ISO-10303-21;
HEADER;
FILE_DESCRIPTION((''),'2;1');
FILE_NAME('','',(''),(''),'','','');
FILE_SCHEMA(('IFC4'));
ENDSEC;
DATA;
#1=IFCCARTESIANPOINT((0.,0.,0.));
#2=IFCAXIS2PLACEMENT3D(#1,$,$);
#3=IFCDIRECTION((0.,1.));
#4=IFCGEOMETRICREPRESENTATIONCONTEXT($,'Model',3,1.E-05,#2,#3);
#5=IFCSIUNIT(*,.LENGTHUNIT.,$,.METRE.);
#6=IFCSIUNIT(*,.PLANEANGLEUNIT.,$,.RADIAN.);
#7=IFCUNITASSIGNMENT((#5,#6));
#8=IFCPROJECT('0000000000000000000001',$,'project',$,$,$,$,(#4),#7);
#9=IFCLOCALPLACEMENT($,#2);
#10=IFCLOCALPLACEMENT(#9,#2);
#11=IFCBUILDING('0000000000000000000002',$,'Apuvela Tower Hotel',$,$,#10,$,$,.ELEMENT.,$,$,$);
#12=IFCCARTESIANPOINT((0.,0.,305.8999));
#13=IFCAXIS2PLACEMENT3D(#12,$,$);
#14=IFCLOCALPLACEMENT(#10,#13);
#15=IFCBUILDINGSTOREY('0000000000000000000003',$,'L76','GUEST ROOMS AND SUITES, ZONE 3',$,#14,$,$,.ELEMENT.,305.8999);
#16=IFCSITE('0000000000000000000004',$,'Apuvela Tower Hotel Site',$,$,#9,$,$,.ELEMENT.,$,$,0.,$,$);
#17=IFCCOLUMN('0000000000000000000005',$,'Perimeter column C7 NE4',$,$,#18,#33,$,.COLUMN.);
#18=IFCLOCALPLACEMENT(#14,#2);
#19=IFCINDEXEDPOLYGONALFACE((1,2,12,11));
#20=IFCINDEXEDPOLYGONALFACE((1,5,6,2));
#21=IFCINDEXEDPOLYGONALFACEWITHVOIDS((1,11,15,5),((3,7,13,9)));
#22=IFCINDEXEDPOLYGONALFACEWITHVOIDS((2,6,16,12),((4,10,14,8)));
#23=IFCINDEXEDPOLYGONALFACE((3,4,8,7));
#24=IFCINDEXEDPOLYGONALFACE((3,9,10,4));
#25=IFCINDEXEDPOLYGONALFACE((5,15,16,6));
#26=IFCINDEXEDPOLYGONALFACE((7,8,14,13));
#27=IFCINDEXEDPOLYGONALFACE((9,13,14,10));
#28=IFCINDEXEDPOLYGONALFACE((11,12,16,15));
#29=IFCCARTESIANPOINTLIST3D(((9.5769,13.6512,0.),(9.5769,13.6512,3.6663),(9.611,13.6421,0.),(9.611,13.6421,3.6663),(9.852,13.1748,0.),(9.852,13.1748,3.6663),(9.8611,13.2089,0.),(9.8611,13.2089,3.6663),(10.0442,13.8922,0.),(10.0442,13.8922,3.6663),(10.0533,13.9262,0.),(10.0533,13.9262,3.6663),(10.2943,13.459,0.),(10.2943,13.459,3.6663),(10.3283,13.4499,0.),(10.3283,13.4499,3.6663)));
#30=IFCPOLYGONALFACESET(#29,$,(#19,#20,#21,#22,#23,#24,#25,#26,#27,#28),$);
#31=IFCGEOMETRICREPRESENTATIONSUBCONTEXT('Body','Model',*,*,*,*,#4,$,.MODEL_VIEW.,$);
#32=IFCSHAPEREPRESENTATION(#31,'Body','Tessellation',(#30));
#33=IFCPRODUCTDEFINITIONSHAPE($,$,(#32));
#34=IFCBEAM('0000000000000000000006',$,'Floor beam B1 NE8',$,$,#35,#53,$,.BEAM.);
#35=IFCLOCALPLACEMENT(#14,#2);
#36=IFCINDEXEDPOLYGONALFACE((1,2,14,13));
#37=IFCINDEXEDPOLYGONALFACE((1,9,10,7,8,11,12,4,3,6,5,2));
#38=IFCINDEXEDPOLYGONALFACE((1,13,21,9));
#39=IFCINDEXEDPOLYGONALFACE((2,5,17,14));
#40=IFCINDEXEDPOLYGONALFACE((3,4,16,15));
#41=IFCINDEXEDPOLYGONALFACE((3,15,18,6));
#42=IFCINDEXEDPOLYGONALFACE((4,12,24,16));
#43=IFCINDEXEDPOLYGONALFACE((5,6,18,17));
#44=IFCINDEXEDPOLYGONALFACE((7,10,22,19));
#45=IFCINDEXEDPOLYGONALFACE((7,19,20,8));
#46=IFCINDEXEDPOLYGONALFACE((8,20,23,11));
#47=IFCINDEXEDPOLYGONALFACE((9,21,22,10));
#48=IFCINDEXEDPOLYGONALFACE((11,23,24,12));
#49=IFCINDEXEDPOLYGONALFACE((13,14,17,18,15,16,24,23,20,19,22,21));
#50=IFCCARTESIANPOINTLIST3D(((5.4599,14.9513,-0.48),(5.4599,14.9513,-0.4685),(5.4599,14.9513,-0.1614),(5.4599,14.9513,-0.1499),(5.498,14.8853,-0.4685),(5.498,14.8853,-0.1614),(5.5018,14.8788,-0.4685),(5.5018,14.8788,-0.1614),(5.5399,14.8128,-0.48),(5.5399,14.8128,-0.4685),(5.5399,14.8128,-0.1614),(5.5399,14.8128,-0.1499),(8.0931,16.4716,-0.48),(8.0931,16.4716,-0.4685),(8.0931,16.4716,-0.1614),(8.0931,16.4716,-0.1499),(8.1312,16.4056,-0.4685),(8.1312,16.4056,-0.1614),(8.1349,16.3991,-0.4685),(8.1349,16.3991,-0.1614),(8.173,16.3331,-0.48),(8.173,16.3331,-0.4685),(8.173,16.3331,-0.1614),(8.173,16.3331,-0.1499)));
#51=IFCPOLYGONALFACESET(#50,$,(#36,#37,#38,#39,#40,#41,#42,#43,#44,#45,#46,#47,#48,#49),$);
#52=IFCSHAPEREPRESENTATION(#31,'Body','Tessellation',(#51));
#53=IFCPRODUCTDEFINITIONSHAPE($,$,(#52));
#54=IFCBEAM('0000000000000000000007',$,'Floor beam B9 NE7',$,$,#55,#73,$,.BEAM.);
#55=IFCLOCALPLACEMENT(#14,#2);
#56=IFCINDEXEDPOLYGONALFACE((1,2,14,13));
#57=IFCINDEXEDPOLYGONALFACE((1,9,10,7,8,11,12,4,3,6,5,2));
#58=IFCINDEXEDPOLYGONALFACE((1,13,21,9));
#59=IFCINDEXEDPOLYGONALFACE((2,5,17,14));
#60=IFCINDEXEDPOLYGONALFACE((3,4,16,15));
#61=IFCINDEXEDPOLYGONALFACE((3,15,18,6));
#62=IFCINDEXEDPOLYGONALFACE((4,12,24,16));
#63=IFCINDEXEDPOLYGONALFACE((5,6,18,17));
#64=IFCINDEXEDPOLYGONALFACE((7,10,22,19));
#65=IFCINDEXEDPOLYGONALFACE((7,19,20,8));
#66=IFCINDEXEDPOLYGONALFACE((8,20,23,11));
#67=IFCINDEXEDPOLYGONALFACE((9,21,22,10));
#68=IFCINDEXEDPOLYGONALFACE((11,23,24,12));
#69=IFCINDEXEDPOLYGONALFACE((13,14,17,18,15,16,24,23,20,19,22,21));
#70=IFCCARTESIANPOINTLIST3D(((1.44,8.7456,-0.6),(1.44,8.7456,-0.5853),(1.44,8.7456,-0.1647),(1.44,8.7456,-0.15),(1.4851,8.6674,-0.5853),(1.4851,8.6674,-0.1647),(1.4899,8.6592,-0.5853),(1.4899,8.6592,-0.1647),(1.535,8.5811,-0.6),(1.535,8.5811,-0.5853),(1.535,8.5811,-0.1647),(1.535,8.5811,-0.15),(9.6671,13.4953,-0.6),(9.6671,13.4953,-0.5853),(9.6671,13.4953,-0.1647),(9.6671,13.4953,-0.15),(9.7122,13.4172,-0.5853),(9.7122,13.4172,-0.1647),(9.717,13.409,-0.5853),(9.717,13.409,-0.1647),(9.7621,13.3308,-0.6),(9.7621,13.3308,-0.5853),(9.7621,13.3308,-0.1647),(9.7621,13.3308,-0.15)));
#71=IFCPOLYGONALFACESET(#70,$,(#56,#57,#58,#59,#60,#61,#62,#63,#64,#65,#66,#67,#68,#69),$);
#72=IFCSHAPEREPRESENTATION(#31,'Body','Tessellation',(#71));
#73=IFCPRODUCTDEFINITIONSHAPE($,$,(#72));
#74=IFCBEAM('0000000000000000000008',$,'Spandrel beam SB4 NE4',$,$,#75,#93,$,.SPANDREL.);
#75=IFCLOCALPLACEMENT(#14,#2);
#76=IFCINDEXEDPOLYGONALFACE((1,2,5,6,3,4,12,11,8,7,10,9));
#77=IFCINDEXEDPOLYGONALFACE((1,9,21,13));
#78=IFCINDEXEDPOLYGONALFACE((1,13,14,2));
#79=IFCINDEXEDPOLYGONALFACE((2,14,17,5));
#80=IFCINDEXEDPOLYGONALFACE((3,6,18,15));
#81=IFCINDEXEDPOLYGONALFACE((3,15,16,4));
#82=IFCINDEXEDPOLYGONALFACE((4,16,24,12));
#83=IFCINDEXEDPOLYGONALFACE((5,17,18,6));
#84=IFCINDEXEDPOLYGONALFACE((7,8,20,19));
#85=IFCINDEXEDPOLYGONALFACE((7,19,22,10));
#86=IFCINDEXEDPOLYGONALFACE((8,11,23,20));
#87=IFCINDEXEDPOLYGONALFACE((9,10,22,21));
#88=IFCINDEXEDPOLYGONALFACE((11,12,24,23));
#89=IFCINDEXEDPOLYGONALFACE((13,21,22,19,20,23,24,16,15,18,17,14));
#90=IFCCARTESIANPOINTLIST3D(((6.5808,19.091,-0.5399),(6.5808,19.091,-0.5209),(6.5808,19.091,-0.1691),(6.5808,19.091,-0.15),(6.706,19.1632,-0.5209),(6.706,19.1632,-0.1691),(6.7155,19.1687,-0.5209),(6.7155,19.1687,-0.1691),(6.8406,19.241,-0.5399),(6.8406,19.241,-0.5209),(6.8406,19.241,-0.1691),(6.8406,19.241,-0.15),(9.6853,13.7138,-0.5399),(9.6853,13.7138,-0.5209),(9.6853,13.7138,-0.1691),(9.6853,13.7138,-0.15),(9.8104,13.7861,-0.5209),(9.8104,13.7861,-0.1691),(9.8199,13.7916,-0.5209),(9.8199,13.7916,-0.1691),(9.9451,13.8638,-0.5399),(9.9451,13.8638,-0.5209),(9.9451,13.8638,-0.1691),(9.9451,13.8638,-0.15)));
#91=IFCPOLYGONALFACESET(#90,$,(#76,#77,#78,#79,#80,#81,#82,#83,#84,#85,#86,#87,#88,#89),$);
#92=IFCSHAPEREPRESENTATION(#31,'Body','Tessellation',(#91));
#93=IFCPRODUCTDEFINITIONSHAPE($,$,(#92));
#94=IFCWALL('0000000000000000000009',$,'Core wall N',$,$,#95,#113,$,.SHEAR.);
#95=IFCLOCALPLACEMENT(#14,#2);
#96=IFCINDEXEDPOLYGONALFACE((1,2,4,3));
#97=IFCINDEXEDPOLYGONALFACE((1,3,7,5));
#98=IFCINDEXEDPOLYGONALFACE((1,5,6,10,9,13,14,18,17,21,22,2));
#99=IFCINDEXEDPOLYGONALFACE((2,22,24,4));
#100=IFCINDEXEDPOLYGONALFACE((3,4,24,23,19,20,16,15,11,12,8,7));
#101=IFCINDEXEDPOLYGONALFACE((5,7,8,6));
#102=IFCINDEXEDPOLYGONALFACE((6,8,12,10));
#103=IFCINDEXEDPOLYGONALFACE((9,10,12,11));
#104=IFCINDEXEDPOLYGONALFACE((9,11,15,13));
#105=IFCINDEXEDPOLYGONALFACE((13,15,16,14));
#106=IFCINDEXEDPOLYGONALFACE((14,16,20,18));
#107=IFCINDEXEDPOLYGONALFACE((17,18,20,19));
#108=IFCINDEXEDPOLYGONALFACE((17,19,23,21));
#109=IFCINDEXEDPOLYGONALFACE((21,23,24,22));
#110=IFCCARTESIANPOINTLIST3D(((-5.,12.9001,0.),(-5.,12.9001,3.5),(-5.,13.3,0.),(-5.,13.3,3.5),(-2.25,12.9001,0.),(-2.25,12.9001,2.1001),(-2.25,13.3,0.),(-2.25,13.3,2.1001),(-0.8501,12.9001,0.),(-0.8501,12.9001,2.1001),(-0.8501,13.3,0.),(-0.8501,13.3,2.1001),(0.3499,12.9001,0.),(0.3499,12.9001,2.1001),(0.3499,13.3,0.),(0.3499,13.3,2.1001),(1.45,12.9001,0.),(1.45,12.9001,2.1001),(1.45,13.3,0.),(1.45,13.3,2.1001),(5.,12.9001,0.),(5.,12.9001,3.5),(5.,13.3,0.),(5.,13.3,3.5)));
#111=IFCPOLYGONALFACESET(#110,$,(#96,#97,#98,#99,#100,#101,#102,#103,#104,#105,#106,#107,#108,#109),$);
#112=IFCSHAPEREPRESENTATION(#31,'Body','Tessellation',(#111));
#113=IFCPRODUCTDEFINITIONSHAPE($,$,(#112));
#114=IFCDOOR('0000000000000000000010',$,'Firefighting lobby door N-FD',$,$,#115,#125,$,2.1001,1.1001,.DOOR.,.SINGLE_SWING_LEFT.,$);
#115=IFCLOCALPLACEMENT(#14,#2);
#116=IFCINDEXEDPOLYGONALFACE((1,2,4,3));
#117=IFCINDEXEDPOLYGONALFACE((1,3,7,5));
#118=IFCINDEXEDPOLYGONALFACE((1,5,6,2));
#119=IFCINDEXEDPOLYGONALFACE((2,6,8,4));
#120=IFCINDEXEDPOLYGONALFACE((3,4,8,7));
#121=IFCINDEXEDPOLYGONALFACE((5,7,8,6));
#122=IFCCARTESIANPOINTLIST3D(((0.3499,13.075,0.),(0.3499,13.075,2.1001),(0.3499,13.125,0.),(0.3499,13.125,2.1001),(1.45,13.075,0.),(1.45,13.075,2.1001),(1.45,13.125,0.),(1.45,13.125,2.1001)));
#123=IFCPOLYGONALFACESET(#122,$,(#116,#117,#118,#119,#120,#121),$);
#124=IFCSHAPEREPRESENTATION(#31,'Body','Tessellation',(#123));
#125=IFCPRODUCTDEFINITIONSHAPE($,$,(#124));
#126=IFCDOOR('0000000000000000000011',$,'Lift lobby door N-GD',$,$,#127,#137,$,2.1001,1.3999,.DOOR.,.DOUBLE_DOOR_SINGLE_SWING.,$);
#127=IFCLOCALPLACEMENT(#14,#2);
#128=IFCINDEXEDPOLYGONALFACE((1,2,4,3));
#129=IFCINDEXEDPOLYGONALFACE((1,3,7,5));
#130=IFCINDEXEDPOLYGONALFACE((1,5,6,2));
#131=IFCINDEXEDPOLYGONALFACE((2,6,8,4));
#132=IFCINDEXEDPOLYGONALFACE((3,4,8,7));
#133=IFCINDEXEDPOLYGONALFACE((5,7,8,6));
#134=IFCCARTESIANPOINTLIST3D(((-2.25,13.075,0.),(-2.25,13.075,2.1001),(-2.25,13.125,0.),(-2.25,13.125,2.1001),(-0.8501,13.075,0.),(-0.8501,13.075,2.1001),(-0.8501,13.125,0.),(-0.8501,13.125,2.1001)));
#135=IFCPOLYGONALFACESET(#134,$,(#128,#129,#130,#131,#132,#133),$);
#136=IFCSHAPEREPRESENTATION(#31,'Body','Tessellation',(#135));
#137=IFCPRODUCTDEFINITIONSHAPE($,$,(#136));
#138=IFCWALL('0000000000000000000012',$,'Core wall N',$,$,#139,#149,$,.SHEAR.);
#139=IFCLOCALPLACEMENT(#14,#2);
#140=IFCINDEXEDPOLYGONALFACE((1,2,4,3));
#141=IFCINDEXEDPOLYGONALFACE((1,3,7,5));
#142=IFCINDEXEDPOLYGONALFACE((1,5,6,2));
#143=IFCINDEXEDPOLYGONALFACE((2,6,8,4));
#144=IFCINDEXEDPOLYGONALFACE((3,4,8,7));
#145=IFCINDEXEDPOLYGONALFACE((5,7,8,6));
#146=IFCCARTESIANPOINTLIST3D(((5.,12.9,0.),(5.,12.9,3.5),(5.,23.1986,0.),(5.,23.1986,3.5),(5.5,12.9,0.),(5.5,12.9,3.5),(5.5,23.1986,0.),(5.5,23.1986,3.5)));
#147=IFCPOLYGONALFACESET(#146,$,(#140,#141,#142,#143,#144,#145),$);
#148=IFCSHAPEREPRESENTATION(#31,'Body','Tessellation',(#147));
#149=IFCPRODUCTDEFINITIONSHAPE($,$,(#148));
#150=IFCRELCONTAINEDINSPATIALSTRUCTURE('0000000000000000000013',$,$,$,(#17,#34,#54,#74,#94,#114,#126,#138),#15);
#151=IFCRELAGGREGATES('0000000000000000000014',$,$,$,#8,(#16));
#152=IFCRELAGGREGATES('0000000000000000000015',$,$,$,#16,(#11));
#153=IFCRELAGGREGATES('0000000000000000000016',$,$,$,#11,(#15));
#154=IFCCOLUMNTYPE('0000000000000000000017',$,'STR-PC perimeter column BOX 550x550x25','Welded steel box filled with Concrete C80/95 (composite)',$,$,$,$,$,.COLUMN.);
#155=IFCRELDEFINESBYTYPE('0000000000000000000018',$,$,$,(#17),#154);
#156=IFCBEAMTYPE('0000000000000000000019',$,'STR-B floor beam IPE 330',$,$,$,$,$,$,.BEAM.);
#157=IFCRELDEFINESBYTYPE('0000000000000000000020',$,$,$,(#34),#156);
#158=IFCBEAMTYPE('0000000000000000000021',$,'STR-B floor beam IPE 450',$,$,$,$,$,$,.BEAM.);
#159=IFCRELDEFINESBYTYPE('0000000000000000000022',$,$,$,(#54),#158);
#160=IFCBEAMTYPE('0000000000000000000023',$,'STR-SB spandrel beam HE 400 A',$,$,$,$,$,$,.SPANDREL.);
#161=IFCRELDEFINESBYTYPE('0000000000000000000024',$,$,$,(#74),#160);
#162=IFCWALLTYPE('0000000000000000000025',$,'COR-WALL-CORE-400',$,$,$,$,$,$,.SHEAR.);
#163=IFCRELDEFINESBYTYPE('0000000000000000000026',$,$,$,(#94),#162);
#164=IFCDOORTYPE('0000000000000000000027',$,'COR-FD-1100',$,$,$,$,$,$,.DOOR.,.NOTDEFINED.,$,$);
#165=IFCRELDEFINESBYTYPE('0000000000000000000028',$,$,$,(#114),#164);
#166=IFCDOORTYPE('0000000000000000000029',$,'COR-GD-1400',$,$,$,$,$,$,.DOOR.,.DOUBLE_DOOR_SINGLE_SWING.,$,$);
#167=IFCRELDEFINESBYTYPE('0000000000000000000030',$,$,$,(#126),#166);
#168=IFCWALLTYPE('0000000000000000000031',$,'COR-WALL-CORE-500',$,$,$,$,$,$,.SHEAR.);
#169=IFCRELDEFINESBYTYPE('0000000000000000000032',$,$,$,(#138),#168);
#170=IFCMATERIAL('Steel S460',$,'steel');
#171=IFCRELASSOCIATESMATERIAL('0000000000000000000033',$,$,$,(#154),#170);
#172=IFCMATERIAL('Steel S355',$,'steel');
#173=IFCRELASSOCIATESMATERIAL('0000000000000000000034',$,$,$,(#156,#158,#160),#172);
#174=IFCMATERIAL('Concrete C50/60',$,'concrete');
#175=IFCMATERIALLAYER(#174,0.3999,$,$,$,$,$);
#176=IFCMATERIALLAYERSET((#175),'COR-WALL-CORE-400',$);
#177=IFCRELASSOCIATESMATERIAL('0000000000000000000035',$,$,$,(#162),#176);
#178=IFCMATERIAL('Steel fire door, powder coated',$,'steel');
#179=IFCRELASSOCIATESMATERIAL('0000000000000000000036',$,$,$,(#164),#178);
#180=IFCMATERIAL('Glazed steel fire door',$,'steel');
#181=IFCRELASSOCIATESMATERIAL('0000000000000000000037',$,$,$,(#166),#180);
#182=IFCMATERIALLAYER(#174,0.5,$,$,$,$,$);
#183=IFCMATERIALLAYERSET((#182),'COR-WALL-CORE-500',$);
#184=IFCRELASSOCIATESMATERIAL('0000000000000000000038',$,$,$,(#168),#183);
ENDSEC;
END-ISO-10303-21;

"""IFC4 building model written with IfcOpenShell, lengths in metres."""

from ifc_helpers import new_model, si_unit, direction, frame, frame_2d, origin, origin_2d, place, context, subcontext, project, spatial, rectangle, hollow_rectangle, i_section, extrude, boolean, halfspace, material, layer, layer_set, material_profile, profile_set, type_object, element, fill, save


model = new_model("IFC4")

# Units and contexts
model_context = context("Model", 3, precision=1e-05, world=origin(), true_north=direction((0.0, 1.0)))
body_context = subcontext(model_context, "Body", "Model", "MODEL_VIEW")
ifc_project = project(units=[si_unit("LENGTHUNIT", "METRE"), si_unit("PLANEANGLEUNIT", "RADIAN")], contexts=[model_context])

# Site, building, storey
site_placement = place(None, origin())
site = spatial("IfcSite", under=ifc_project, at=site_placement, Name="Apuvela Tower Hotel Site", CompositionType="ELEMENT", RefElevation=0.0)
building_placement = place(site_placement, origin())
building = spatial("IfcBuilding", under=site, at=building_placement, Name="Apuvela Tower Hotel", CompositionType="ELEMENT")
storey_placement = place(building_placement, frame((0.0, 0.0, 305.8999)))
storey = spatial("IfcBuildingStorey", under=building, at=storey_placement, Name="L76", Description="GUEST ROOMS AND SUITES, ZONE 3", CompositionType="ELEMENT", Elevation=305.8999)

# Column
ifc_material_1 = material(Name="Steel S460", Category="steel")
ifc_material_profile_1 = material_profile(ifc_material_1, hollow_rectangle(XDim=0.55, YDim=0.55, WallThickness=0.0249, at=origin_2d()), Name="BOX 550x550x25")
ifc_material_2 = material(Name="Concrete C80/95", Category="concrete")
ifc_material_profile_2 = material_profile(ifc_material_2, rectangle(XDim=0.5, YDim=0.5, at=origin_2d()), Name="Concrete C80/95 infill")
ifc_profile_set_1 = profile_set([ifc_material_profile_1, ifc_material_profile_2], Name="Steel S460")
column_type = type_object("IfcColumnType", Name="STR-PC perimeter column BOX 550x550x25", Description="Welded steel box filled with Concrete C80/95 (composite)", PredefinedType="COLUMN", material=ifc_profile_set_1)
column_placement = place(storey_placement, frame((9.9526, 13.5505, 0.0), z_axis=(0.0, 0.0, 1.0), x_axis=(-0.5, 0.866025, 0.0)))
element("IfcColumn", 1, at=column_placement, inside=storey, type_object=column_type, Name="Perimeter column C7 NE4", PredefinedType="COLUMN", context=body_context, shape_type="SweptSolid", body=[
    boolean("DIFFERENCE", extrude(hollow_rectangle(XDim=0.55, YDim=0.55, WallThickness=0.0249, at=origin_2d()), origin(), (0.0, 0.0, 1.0), 3.7002), halfspace(frame((0.0, 0.0, 3.6663), z_axis=(0.0, 0.0, 1.0), x_axis=(1.0, 0.0, 0.0)), False)),
])

# Beams
ifc_material_3 = material(Name="Steel S355", Category="steel")
ifc_material_profile_3 = material_profile(ifc_material_3, i_section(OverallWidth=0.1599, OverallDepth=0.3301, WebThickness=0.0076, FlangeThickness=0.0115, at=origin_2d()), Name="IPE 330")
ifc_profile_set_2 = profile_set([ifc_material_profile_3], Name="Steel S355")
beam_type_1 = type_object("IfcBeamType", Name="STR-B floor beam IPE 330", PredefinedType="BEAM", material=ifc_profile_set_2)
beam_1_placement = place(storey_placement, frame((8.1331, 16.4023, -0.3149), z_axis=(-0.866016, -0.500017, 0.0), x_axis=(0.500017, -0.866016, 0.0)))
element("IfcBeam", 2, at=beam_1_placement, inside=storey, type_object=beam_type_1, Name="Floor beam B1 NE8", PredefinedType="BEAM", context=body_context, shape_type="SweptSolid", body=[
    extrude(i_section(OverallWidth=0.1599, OverallDepth=0.3301, WebThickness=0.0076, FlangeThickness=0.0115, at=origin_2d()), origin(), (0.0, 0.0, 1.0), 3.0405),
])
ifc_material_profile_4 = material_profile(ifc_material_3, i_section(OverallWidth=0.1899, OverallDepth=0.45, WebThickness=0.0095, FlangeThickness=0.0146, at=origin_2d()), Name="IPE 450")
ifc_profile_set_3 = profile_set([ifc_material_profile_4], Name="Steel S355")
beam_type_2 = type_object("IfcBeamType", Name="STR-B floor beam IPE 450", PredefinedType="BEAM", material=ifc_profile_set_3)
beam_2_placement = place(storey_placement, frame((9.7146, 13.4131, -0.375), z_axis=(-0.866032, -0.499989, 0.0), x_axis=(0.499989, -0.866032, 0.0)))
element("IfcBeam", 3, at=beam_2_placement, inside=storey, type_object=beam_type_2, Name="Floor beam B9 NE7", PredefinedType="BEAM", context=body_context, shape_type="SweptSolid", body=[
    extrude(i_section(OverallWidth=0.1899, OverallDepth=0.45, WebThickness=0.0095, FlangeThickness=0.0146, at=origin_2d()), origin(), (0.0, 0.0, 1.0), 9.4998),
])
ifc_material_profile_5 = material_profile(ifc_material_3, i_section(OverallWidth=0.3, OverallDepth=0.3899, WebThickness=0.011, FlangeThickness=0.019, at=origin_2d()), Name="HE 400 A")
ifc_profile_set_4 = profile_set([ifc_material_profile_5], Name="Steel S355")
beam_type_3 = type_object("IfcBeamType", Name="STR-SB spandrel beam HE 400 A", PredefinedType="SPANDREL", material=ifc_profile_set_4)
beam_3_placement = place(storey_placement, frame((9.8152, 13.7888, -0.345), z_axis=(-0.499996, 0.866028, 0.0), x_axis=(-0.866028, -0.499996, 0.0)))
element("IfcBeam", 4, at=beam_3_placement, inside=storey, type_object=beam_type_3, Name="Spandrel beam SB4 NE4", PredefinedType="SPANDREL", context=body_context, shape_type="SweptSolid", body=[
    extrude(i_section(OverallWidth=0.3, OverallDepth=0.3899, WebThickness=0.011, FlangeThickness=0.019, at=origin_2d()), origin(), (0.0, 0.0, 1.0), 6.209),
])

# Wall, openings, doors
ifc_material_4 = material(Name="Concrete C50/60", Category="concrete")
ifc_layer_1 = layer(ifc_material_4, 0.3999)
ifc_layer_set_1 = layer_set([ifc_layer_1], Name="COR-WALL-CORE-400")
wall_type_1 = type_object("IfcWallType", Name="COR-WALL-CORE-400", PredefinedType="SHEAR", material=ifc_layer_set_1)
wall_1_placement = place(storey_placement, frame((5.0, 13.1001, 0.0), z_axis=(0.0, 0.0, 1.0), x_axis=(-1.0, 0.0, 0.0)))
wall_1 = element("IfcWall", 5, at=wall_1_placement, inside=storey, type_object=wall_type_1, Name="Core wall N", PredefinedType="SHEAR", context=body_context, shape_type="SweptSolid", body=[
    extrude(rectangle(XDim=10.0, YDim=0.3999, at=frame_2d((5.0, 0.0))), origin(), (0.0, 0.0, 1.0), 3.5),
])
opening_1_placement = place(wall_1_placement, frame((3.55, 0.0, 0.0)))
opening_1 = element("IfcOpeningElement", 6, at=opening_1_placement, cuts=wall_1, PredefinedType="OPENING", context=body_context, shape_type="SweptSolid", body=[
    extrude(rectangle(XDim=1.1001, YDim=2.1001, at=frame_2d((0.55, 1.05))), frame((0.0, 0.21, 0.0), z_axis=(0.0, -1.0, 0.0), x_axis=(1.0, 0.0, 0.0)), (0.0, 0.0, 1.0), 0.4199),
])
opening_2_placement = place(wall_1_placement, frame((5.8501, 0.0, 0.0)))
opening_2 = element("IfcOpeningElement", 7, at=opening_2_placement, cuts=wall_1, PredefinedType="OPENING", context=body_context, shape_type="SweptSolid", body=[
    extrude(rectangle(XDim=1.3999, YDim=2.1001, at=frame_2d((0.7, 1.05))), frame((0.0, 0.21, 0.0), z_axis=(0.0, -1.0, 0.0), x_axis=(1.0, 0.0, 0.0)), (0.0, 0.0, 1.0), 0.4199),
])
ifc_material_5 = material(Name="Steel fire door, powder coated", Category="steel")
door_type_1 = type_object("IfcDoorType", Name="COR-FD-1100", OperationType="NOTDEFINED", PredefinedType="DOOR", material=ifc_material_5)
door_1_placement = place(opening_1_placement, frame((1.1001, 0.0, 0.0), z_axis=(0.0, 0.0, 1.0), x_axis=(-1.0, 0.0, 0.0)))
door_1 = element("IfcDoor", 8, at=door_1_placement, inside=storey, type_object=door_type_1, Name="Firefighting lobby door N-FD", OperationType="SINGLE_SWING_LEFT", OverallHeight=2.1001, OverallWidth=1.1001, PredefinedType="DOOR", context=body_context, shape_type="SweptSolid", body=[
    extrude(rectangle(XDim=1.1001, YDim=2.1001, at=frame_2d((0.55, 1.05))), frame((0.0, 0.0249, 0.0), z_axis=(0.0, -1.0, 0.0), x_axis=(1.0, 0.0, 0.0)), (0.0, 0.0, 1.0), 0.05),
])
fill(opening_1, door_1)
ifc_material_6 = material(Name="Glazed steel fire door", Category="steel")
door_type_2 = type_object("IfcDoorType", Name="COR-GD-1400", OperationType="DOUBLE_DOOR_SINGLE_SWING", PredefinedType="DOOR", material=ifc_material_6)
door_2_placement = place(opening_2_placement, frame((1.3999, 0.0, 0.0), z_axis=(0.0, 0.0, 1.0), x_axis=(-1.0, 0.0, 0.0)))
door_2 = element("IfcDoor", 9, at=door_2_placement, inside=storey, type_object=door_type_2, Name="Lift lobby door N-GD", OperationType="DOUBLE_DOOR_SINGLE_SWING", OverallHeight=2.1001, OverallWidth=1.3999, PredefinedType="DOOR", context=body_context, shape_type="SweptSolid", body=[
    extrude(rectangle(XDim=1.3999, YDim=2.1001, at=frame_2d((0.7, 1.05))), frame((0.0, 0.0249, 0.0), z_axis=(0.0, -1.0, 0.0), x_axis=(1.0, 0.0, 0.0)), (0.0, 0.0, 1.0), 0.05),
])
fill(opening_2, door_2)

# Wall
ifc_layer_2 = layer(ifc_material_4, 0.5)
ifc_layer_set_2 = layer_set([ifc_layer_2], Name="COR-WALL-CORE-500")
wall_type_2 = type_object("IfcWallType", Name="COR-WALL-CORE-500", PredefinedType="SHEAR", material=ifc_layer_set_2)
wall_2_placement = place(storey_placement, frame((5.25, 12.8999, 0.0), z_axis=(0.0, 0.0, 1.0), x_axis=(0.0, 1.0, 0.0)))
element("IfcWall", 10, at=wall_2_placement, inside=storey, type_object=wall_type_2, Name="Core wall N", PredefinedType="SHEAR", context=body_context, shape_type="SweptSolid", body=[
    extrude(rectangle(XDim=10.2986, YDim=0.5, at=frame_2d((5.1494, 0.0))), origin(), (0.0, 0.0, 1.0), 3.5),
])

save(model, "model.ifc")
